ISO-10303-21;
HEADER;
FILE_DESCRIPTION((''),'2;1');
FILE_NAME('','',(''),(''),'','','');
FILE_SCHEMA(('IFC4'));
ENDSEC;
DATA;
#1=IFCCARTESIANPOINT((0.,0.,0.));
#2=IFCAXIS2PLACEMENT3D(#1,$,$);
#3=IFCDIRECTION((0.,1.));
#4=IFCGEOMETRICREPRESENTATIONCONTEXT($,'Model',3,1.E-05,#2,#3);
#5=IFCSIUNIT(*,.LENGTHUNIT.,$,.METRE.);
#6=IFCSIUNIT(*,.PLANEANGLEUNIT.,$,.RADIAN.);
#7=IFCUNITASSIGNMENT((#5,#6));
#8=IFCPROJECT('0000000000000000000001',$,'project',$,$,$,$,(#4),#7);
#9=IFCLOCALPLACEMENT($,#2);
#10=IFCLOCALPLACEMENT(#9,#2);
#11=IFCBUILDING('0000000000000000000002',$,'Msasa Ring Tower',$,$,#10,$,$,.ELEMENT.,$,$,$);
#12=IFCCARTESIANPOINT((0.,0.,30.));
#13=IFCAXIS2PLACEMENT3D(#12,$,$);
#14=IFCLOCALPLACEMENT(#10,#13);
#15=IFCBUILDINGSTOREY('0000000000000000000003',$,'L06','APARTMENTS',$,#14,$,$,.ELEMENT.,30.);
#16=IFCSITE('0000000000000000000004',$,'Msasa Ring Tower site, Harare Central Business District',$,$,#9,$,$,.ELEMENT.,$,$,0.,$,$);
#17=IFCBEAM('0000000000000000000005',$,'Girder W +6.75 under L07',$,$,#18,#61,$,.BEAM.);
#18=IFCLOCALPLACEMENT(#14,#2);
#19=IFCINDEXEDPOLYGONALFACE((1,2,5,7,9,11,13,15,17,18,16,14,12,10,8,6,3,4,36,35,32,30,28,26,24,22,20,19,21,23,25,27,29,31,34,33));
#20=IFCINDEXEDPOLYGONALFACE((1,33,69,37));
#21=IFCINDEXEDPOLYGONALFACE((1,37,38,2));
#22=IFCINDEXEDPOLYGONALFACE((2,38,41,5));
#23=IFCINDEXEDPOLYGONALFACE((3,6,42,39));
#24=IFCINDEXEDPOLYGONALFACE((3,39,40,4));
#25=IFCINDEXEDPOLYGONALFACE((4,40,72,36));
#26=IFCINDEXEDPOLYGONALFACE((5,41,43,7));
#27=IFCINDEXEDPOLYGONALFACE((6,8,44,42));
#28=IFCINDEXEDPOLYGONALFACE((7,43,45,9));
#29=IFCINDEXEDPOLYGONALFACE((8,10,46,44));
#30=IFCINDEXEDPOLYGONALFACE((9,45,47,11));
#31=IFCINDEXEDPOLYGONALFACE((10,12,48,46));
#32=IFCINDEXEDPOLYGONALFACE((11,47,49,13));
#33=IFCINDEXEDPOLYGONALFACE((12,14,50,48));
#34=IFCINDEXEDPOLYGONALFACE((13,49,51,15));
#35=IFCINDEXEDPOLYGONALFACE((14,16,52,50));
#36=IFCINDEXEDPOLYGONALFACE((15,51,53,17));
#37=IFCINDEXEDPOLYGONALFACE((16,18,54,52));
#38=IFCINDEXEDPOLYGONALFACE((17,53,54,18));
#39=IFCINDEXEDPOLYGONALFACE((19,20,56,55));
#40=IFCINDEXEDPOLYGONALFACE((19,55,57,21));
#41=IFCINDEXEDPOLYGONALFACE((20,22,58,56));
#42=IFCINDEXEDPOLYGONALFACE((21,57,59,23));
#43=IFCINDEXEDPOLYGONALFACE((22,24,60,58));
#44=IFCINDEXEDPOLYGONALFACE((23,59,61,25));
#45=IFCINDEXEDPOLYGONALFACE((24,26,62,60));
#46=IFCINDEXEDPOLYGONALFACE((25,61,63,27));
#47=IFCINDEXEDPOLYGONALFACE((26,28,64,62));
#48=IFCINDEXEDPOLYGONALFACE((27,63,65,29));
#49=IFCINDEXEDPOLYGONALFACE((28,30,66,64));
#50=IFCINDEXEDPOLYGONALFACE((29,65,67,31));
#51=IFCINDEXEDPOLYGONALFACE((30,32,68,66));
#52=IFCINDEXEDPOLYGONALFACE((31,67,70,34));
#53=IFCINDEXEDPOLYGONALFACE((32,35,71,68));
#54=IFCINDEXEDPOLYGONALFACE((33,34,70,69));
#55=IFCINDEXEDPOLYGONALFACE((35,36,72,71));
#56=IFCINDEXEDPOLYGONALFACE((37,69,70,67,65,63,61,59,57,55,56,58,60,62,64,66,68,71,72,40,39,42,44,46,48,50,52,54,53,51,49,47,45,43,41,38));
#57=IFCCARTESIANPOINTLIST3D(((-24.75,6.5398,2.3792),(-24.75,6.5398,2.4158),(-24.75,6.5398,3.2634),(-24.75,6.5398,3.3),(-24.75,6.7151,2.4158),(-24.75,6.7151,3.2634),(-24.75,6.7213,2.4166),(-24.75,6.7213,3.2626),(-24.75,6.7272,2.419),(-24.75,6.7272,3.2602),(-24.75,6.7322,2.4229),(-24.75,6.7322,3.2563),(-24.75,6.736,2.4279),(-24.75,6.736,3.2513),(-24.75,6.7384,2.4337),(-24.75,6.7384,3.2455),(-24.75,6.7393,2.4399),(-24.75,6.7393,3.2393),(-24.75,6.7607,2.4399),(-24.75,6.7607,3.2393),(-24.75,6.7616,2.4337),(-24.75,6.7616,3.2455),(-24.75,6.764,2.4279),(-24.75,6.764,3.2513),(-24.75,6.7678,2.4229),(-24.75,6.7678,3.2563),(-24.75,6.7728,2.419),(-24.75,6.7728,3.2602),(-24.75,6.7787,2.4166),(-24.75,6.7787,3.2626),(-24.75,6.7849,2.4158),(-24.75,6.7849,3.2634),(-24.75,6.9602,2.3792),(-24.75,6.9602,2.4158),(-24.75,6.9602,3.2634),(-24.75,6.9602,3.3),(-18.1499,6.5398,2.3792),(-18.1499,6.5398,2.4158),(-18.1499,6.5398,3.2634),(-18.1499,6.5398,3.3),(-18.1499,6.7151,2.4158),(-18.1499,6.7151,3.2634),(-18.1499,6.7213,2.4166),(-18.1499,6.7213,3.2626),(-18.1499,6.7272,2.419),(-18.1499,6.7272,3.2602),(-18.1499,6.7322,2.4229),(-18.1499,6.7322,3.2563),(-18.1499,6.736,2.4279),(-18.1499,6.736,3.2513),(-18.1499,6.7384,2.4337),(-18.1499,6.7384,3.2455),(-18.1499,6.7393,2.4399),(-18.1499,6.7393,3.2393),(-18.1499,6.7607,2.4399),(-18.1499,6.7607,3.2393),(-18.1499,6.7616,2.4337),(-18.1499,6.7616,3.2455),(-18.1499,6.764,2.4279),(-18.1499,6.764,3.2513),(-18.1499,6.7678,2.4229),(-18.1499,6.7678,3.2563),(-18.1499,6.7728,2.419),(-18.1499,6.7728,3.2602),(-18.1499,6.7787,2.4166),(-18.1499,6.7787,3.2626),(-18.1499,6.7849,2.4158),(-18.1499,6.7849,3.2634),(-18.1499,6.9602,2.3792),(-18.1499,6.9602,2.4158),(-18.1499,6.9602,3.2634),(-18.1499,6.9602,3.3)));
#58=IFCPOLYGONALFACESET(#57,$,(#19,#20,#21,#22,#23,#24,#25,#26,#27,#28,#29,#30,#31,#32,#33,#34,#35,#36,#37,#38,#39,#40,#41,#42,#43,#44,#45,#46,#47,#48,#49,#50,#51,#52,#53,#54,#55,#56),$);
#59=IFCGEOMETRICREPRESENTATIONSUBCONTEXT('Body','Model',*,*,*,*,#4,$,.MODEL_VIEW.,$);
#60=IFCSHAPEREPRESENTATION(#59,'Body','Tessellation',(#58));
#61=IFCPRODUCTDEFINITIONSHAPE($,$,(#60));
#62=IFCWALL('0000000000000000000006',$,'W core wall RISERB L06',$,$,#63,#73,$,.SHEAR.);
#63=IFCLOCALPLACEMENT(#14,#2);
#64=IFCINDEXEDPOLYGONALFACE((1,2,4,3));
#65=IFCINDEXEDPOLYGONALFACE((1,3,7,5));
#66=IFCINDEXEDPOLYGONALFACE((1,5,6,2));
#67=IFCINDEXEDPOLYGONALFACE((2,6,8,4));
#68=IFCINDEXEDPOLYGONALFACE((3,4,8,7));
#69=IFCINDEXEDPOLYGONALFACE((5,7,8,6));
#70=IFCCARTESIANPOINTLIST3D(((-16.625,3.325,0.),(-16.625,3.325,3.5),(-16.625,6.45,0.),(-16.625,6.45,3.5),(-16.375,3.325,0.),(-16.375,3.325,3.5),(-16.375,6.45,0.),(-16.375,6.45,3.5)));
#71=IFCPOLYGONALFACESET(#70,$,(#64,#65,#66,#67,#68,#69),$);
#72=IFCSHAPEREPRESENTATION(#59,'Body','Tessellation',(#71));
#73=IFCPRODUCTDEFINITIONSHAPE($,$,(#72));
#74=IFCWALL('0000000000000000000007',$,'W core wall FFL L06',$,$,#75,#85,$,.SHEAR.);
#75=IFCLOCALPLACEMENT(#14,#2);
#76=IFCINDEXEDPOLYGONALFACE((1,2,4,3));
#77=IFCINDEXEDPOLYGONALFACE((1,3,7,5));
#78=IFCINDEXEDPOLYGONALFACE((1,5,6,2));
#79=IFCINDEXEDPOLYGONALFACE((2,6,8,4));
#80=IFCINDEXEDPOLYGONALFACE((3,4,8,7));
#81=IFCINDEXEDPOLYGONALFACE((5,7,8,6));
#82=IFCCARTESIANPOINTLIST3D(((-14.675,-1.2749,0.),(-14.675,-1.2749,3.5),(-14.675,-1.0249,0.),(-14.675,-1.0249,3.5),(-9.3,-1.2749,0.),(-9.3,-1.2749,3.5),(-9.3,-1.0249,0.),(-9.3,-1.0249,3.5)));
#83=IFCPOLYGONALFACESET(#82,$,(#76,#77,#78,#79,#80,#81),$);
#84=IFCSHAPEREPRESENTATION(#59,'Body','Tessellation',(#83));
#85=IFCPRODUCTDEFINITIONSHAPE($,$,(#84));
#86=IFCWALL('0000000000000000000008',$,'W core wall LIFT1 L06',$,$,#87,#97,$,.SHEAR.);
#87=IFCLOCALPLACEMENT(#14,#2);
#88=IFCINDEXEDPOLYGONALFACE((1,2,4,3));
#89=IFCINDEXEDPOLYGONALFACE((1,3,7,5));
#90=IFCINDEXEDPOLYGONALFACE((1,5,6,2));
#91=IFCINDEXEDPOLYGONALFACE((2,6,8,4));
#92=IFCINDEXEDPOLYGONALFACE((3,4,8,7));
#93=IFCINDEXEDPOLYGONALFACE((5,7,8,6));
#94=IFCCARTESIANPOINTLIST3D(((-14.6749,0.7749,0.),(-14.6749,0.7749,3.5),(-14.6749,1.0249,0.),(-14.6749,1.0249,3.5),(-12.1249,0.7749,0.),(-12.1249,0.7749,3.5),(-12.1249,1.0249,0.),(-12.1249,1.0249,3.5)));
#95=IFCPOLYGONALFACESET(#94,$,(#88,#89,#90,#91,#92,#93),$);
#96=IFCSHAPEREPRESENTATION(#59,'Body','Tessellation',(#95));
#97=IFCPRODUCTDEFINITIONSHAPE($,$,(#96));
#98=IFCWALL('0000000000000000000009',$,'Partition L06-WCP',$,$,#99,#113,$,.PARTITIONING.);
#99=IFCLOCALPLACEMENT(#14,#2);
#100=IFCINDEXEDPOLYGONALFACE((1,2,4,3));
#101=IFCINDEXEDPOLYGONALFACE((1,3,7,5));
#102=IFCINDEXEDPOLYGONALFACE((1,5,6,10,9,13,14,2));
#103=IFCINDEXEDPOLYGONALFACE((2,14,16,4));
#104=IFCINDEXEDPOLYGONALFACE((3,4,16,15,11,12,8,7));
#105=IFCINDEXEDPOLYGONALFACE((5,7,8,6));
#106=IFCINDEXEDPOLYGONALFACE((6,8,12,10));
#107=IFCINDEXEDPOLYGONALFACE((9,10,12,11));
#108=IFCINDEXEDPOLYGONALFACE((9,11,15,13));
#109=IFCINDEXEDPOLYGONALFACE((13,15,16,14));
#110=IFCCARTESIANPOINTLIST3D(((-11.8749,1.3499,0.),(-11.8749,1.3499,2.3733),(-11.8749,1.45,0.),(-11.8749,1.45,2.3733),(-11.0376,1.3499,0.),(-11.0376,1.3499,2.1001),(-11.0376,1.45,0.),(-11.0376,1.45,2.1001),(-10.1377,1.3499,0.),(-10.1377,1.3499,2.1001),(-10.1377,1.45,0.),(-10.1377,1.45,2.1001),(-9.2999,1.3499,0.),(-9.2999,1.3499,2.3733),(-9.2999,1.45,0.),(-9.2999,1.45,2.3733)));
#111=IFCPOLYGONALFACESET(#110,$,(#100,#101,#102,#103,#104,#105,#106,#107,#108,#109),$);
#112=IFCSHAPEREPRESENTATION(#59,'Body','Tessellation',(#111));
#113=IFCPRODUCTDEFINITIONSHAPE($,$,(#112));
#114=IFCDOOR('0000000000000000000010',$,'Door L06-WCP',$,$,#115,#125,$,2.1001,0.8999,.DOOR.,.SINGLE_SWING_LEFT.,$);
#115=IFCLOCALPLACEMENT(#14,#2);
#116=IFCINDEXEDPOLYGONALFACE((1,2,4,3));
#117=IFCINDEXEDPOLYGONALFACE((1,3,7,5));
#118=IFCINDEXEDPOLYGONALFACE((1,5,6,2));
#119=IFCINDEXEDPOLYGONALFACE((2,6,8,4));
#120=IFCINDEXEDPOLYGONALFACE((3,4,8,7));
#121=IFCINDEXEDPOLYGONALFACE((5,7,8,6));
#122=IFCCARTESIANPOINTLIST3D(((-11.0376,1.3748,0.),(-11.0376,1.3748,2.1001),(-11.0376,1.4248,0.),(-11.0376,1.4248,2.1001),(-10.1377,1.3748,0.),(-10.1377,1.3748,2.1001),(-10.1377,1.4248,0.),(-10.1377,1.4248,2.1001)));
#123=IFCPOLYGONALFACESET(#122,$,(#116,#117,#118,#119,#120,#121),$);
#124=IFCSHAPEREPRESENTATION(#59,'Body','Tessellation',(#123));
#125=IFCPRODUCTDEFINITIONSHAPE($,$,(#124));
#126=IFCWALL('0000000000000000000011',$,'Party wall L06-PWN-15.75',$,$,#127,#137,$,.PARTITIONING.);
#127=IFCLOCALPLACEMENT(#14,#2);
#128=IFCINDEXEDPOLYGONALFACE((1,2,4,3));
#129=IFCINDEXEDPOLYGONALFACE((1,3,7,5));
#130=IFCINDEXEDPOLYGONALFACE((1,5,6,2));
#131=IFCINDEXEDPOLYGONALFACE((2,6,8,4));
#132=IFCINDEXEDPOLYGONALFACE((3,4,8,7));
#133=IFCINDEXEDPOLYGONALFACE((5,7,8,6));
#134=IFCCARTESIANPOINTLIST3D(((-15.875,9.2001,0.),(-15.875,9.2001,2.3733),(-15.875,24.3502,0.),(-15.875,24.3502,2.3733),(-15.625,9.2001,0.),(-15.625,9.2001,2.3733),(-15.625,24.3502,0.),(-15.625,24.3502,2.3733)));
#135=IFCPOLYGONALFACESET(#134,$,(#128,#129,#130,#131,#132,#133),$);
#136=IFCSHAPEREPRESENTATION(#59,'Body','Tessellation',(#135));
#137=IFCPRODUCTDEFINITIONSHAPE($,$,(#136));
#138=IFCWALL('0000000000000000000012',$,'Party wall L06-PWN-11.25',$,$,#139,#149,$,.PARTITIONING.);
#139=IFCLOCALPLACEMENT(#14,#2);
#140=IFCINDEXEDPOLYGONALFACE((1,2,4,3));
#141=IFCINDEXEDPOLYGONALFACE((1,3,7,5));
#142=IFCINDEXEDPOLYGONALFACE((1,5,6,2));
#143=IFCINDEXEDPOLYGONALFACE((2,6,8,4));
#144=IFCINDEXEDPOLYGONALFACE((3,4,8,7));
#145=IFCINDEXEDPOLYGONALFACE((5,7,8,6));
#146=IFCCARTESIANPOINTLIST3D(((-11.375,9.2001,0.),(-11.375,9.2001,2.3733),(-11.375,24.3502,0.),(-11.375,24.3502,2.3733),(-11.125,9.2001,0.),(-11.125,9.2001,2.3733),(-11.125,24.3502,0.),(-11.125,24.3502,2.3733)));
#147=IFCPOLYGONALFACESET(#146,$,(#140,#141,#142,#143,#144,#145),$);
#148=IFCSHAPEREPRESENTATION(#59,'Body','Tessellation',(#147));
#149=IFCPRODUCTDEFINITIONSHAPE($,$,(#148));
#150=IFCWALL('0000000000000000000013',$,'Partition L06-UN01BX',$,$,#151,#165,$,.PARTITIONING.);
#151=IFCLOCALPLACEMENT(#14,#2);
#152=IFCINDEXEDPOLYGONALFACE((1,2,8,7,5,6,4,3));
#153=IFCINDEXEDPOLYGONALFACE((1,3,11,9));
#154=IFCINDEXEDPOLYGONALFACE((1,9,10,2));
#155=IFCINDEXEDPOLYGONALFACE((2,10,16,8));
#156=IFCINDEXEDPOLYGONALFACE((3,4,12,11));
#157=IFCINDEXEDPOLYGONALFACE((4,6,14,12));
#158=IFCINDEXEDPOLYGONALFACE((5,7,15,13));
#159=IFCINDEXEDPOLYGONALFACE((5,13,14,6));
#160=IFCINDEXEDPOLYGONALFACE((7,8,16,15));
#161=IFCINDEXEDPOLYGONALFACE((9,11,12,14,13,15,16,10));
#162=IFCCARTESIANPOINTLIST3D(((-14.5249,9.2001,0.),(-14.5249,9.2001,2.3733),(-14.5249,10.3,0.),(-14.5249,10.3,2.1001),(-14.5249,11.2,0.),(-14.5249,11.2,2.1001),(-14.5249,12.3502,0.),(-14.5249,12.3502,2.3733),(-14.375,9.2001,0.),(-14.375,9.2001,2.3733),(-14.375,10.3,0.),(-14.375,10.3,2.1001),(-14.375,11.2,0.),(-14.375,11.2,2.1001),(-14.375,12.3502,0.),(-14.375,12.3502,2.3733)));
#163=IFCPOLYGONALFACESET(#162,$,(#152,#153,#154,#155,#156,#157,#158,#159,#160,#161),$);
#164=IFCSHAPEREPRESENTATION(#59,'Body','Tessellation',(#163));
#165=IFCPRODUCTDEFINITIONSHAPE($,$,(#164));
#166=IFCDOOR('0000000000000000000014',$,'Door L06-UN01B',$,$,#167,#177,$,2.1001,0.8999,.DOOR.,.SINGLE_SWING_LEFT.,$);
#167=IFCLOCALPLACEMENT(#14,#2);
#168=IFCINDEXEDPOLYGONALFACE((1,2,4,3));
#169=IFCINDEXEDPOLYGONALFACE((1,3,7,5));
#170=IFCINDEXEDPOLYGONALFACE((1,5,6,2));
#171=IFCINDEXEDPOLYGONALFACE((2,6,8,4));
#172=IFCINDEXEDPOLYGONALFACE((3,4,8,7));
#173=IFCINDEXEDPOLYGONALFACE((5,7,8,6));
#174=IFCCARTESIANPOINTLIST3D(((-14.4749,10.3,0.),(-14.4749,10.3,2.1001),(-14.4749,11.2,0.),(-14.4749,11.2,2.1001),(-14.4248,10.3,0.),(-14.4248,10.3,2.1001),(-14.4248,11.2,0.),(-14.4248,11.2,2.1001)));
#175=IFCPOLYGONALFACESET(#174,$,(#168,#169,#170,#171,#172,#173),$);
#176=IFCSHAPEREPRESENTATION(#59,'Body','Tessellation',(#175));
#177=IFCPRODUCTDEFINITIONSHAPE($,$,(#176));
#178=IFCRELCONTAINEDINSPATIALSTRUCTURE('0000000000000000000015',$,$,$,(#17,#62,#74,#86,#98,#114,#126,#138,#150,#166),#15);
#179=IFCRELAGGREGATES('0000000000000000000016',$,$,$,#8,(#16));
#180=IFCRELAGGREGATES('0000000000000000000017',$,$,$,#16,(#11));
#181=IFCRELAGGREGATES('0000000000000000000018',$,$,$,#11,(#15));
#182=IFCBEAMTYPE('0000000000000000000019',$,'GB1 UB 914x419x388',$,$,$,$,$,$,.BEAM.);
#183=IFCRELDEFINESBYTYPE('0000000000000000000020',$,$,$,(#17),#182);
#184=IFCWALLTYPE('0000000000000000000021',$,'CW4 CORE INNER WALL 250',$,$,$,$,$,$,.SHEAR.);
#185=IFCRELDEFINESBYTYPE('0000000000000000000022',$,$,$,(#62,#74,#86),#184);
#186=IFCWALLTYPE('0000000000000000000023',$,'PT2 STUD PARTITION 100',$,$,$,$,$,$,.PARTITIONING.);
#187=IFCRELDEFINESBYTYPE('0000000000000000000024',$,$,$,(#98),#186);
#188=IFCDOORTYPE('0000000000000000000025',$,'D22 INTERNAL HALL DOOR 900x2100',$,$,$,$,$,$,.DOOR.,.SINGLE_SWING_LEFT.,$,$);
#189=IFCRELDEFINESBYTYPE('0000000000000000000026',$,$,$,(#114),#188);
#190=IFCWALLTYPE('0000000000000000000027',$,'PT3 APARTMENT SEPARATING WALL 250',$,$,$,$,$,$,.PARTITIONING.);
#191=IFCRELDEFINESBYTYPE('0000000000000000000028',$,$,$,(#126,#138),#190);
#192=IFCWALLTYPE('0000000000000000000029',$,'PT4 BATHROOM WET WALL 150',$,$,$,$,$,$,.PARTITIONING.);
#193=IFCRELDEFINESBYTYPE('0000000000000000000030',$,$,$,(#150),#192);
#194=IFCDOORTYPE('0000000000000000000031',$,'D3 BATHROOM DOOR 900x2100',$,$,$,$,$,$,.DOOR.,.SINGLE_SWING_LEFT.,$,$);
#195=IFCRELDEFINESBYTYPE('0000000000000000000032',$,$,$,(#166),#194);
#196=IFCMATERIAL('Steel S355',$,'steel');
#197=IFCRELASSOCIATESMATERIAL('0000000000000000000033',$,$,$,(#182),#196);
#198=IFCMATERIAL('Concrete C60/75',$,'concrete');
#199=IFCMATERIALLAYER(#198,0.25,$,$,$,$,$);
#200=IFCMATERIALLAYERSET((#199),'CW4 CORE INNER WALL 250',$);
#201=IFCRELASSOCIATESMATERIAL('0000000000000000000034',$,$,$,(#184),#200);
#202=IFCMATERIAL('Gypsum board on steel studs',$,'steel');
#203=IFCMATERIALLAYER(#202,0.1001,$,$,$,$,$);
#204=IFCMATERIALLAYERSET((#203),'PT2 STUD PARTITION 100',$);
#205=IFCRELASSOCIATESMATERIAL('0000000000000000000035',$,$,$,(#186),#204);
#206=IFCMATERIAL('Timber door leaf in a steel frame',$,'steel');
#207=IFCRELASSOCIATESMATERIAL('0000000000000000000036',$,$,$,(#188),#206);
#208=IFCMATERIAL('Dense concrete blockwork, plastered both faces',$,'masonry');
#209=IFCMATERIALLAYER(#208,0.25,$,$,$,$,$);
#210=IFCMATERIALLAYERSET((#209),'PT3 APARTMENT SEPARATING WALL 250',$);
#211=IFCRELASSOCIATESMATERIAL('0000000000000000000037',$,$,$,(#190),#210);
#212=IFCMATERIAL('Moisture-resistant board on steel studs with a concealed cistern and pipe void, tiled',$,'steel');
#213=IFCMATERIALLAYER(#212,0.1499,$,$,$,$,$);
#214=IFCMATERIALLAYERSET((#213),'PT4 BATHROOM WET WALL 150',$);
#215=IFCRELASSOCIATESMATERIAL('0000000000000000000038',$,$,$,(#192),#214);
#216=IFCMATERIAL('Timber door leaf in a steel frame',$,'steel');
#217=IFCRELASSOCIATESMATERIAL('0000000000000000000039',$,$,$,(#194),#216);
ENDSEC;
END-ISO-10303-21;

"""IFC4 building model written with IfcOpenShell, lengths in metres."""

from ifc_helpers import new_model, si_unit, direction, frame, frame_2d, origin, origin_2d, place, context, subcontext, project, spatial, rectangle, i_section, extrude, material, layer, layer_set, material_profile, profile_set, type_object, element, fill, save


model = new_model("IFC4")

# Units and contexts
model_context = context("Model", 3, precision=1e-05, world=origin(), true_north=direction((0.0, 1.0)))
body_context = subcontext(model_context, "Body", "Model", "MODEL_VIEW")
ifc_project = project(units=[si_unit("LENGTHUNIT", "METRE"), si_unit("PLANEANGLEUNIT", "RADIAN")], contexts=[model_context])

# Site, building, storey
site_placement = place(None, origin())
site = spatial("IfcSite", under=ifc_project, at=site_placement, Name="Msasa Ring Tower site, Harare Central Business District", CompositionType="ELEMENT", RefElevation=0.0)
building_placement = place(site_placement, origin())
building = spatial("IfcBuilding", under=site, at=building_placement, Name="Msasa Ring Tower", CompositionType="ELEMENT")
storey_placement = place(building_placement, frame((0.0, 0.0, 30.0)))
storey = spatial("IfcBuildingStorey", under=building, at=storey_placement, Name="L06", Description="APARTMENTS", CompositionType="ELEMENT", Elevation=30.0)

# Beam
ifc_material_1 = material(Name="Steel S355", Category="steel")
ifc_material_profile = material_profile(ifc_material_1, i_section(OverallWidth=0.4204, OverallDepth=0.9209, WebThickness=0.0215, FlangeThickness=0.0366, FilletRadius=0.0242, at=origin_2d()), Name="UB 914x419x388")
ifc_profile_set = profile_set([ifc_material_profile], Name="Steel S355")
beam_type = type_object("IfcBeamType", Name="GB1 UB 914x419x388", PredefinedType="BEAM", material=ifc_profile_set)
beam_placement = place(storey_placement, frame((-18.1499, 6.75, 2.8396), z_axis=(-1.0, 0.0, 0.0), x_axis=(0.0, -1.0, 0.0)))
element("IfcBeam", 1, at=beam_placement, inside=storey, type_object=beam_type, Name="Girder W +6.75 under L07", PredefinedType="BEAM", context=body_context, shape_type="SweptSolid", body=[
    extrude(i_section(OverallWidth=0.4204, OverallDepth=0.9209, WebThickness=0.0215, FlangeThickness=0.0366, FilletRadius=0.0242, at=origin_2d()), origin(), (0.0, 0.0, 1.0), 6.6001),
])

# Walls
ifc_material_2 = material(Name="Concrete C60/75", Category="concrete")
ifc_layer_1 = layer(ifc_material_2, 0.25)
ifc_layer_set_1 = layer_set([ifc_layer_1], Name="CW4 CORE INNER WALL 250")
wall_type_1 = type_object("IfcWallType", Name="CW4 CORE INNER WALL 250", PredefinedType="SHEAR", material=ifc_layer_set_1)
wall_1_placement = place(storey_placement, frame((-16.5, 3.325, 0.0), z_axis=(0.0, 0.0, 1.0), x_axis=(0.0, 1.0, 0.0)))
element("IfcWall", 2, at=wall_1_placement, inside=storey, type_object=wall_type_1, Name="W core wall RISERB L06", PredefinedType="SHEAR", context=body_context, shape_type="SweptSolid", body=[
    extrude(rectangle(XDim=3.125, YDim=0.25, at=frame_2d((1.5625, 0.0))), origin(), (0.0, 0.0, 1.0), 3.5),
])
wall_2_placement = place(storey_placement, frame((-9.3, -1.1499, 0.0), z_axis=(0.0, 0.0, 1.0), x_axis=(-1.0, 0.0, 0.0)))
element("IfcWall", 3, at=wall_2_placement, inside=storey, type_object=wall_type_1, Name="W core wall FFL L06", PredefinedType="SHEAR", context=body_context, shape_type="SweptSolid", body=[
    extrude(rectangle(XDim=5.375, YDim=0.25, at=frame_2d((2.6875, 0.0))), origin(), (0.0, 0.0, 1.0), 3.5),
])
wall_3_placement = place(storey_placement, frame((-12.125, 0.8999, 0.0), z_axis=(0.0, 0.0, 1.0), x_axis=(-1.0, 0.0, 0.0)))
element("IfcWall", 4, at=wall_3_placement, inside=storey, type_object=wall_type_1, Name="W core wall LIFT1 L06", PredefinedType="SHEAR", context=body_context, shape_type="SweptSolid", body=[
    extrude(rectangle(XDim=2.55, YDim=0.25, at=frame_2d((1.2749, 0.0))), origin(), (0.0, 0.0, 1.0), 3.5),
])

# Wall, opening, door
ifc_material_3 = material(Name="Gypsum board on steel studs", Category="steel")
ifc_layer_2 = layer(ifc_material_3, 0.1001)
ifc_layer_set_2 = layer_set([ifc_layer_2], Name="PT2 STUD PARTITION 100")
wall_type_2 = type_object("IfcWallType", Name="PT2 STUD PARTITION 100", PredefinedType="PARTITIONING", material=ifc_layer_set_2)
wall_4_placement = place(storey_placement, frame((-11.875, 1.3999, 0.0), z_axis=(0.0, 0.0, 1.0), x_axis=(1.0, 0.0, 0.0)))
wall_4 = element("IfcWall", 5, at=wall_4_placement, inside=storey, type_object=wall_type_2, Name="Partition L06-WCP", PredefinedType="PARTITIONING", context=body_context, shape_type="SweptSolid", body=[
    extrude(rectangle(XDim=2.575, YDim=0.1001, at=frame_2d((1.2876, 0.0))), origin(), (0.0, 0.0, 1.0), 2.3733),
])
opening_1_placement = place(wall_4_placement, frame((0.8374, 0.0, 0.0)))
opening_1 = element("IfcOpeningElement", 6, at=opening_1_placement, cuts=wall_4, PredefinedType="OPENING", context=body_context, shape_type="SweptSolid", body=[
    extrude(rectangle(XDim=0.8999, YDim=2.1001, at=frame_2d((0.45, 1.05))), frame((0.0, 0.0601, 0.0), z_axis=(0.0, -1.0, 0.0), x_axis=(1.0, 0.0, 0.0)), (0.0, 0.0, 1.0), 0.1201),
])
ifc_material_4 = material(Name="Timber door leaf in a steel frame", Category="steel")
door_type_1 = type_object("IfcDoorType", Name="D22 INTERNAL HALL DOOR 900x2100", OperationType="SINGLE_SWING_LEFT", PredefinedType="DOOR", material=ifc_material_4)
door_1_placement = place(opening_1_placement, origin())
door_1 = element("IfcDoor", 7, at=door_1_placement, inside=storey, type_object=door_type_1, Name="Door L06-WCP", OperationType="SINGLE_SWING_LEFT", OverallHeight=2.1001, OverallWidth=0.8999, PredefinedType="DOOR", context=body_context, shape_type="SweptSolid", body=[
    extrude(rectangle(XDim=0.8999, YDim=2.1001, at=frame_2d((0.45, 1.05))), frame((0.0, 0.0249, 0.0), z_axis=(0.0, -1.0, 0.0), x_axis=(1.0, 0.0, 0.0)), (0.0, 0.0, 1.0), 0.05),
])
fill(opening_1, door_1)

# Walls
ifc_material_5 = material(Name="Dense concrete blockwork, plastered both faces", Category="masonry")
ifc_layer_3 = layer(ifc_material_5, 0.25)
ifc_layer_set_3 = layer_set([ifc_layer_3], Name="PT3 APARTMENT SEPARATING WALL 250")
wall_type_3 = type_object("IfcWallType", Name="PT3 APARTMENT SEPARATING WALL 250", PredefinedType="PARTITIONING", material=ifc_layer_set_3)
for number, where, z_axis, x_axis, name in (
    (8, (-15.75, 9.2, 0.0), (0.0, 0.0, 1.0), (0.0, 1.0, 0.0), "Party wall L06-PWN-15.75"),
    (9, (-11.25, 9.2, 0.0), (0.0, 0.0, 1.0), (0.0, 1.0, 0.0), "Party wall L06-PWN-11.25"),
):
    element("IfcWall", number, at=place(storey_placement, frame(where, z_axis=z_axis, x_axis=x_axis)), inside=storey, type_object=wall_type_3, Name=name, PredefinedType="PARTITIONING", context=body_context, shape_type="SweptSolid", body=[
        extrude(rectangle(XDim=15.1501, YDim=0.25, at=frame_2d((7.5752, 0.0))), origin(), (0.0, 0.0, 1.0), 2.3733),
    ])

# Wall, opening, door
ifc_material_6 = material(Name="Moisture-resistant board on steel studs with a concealed cistern and pipe void, tiled", Category="steel")
ifc_layer_4 = layer(ifc_material_6, 0.1499)
ifc_layer_set_4 = layer_set([ifc_layer_4], Name="PT4 BATHROOM WET WALL 150")
wall_type_4 = type_object("IfcWallType", Name="PT4 BATHROOM WET WALL 150", PredefinedType="PARTITIONING", material=ifc_layer_set_4)
wall_5_placement = place(storey_placement, frame((-14.45, 9.2, 0.0), z_axis=(0.0, 0.0, 1.0), x_axis=(0.0, 1.0, 0.0)))
wall_5 = element("IfcWall", 10, at=wall_5_placement, inside=storey, type_object=wall_type_4, Name="Partition L06-UN01BX", PredefinedType="PARTITIONING", context=body_context, shape_type="SweptSolid", body=[
    extrude(rectangle(XDim=3.1501, YDim=0.1499, at=frame_2d((1.5752, 0.0))), origin(), (0.0, 0.0, 1.0), 2.3733),
])
opening_2_placement = place(wall_5_placement, frame((1.1001, 0.0, 0.0)))
opening_2 = element("IfcOpeningElement", 11, at=opening_2_placement, cuts=wall_5, PredefinedType="OPENING", context=body_context, shape_type="SweptSolid", body=[
    extrude(rectangle(XDim=0.8999, YDim=2.1001, at=frame_2d((0.45, 1.05))), frame((0.0, 0.085, 0.0), z_axis=(0.0, -1.0, 0.0), x_axis=(1.0, 0.0, 0.0)), (0.0, 0.0, 1.0), 0.1699),
])
ifc_material_7 = material(Name="Timber door leaf in a steel frame", Category="steel")
door_type_2 = type_object("IfcDoorType", Name="D3 BATHROOM DOOR 900x2100", OperationType="SINGLE_SWING_LEFT", PredefinedType="DOOR", material=ifc_material_7)
door_2_placement = place(opening_2_placement, origin())
door_2 = element("IfcDoor", 12, at=door_2_placement, inside=storey, type_object=door_type_2, Name="Door L06-UN01B", OperationType="SINGLE_SWING_LEFT", OverallHeight=2.1001, OverallWidth=0.8999, PredefinedType="DOOR", context=body_context, shape_type="SweptSolid", body=[
    extrude(rectangle(XDim=0.8999, YDim=2.1001, at=frame_2d((0.45, 1.05))), frame((0.0, 0.0249, 0.0), z_axis=(0.0, -1.0, 0.0), x_axis=(1.0, 0.0, 0.0)), (0.0, 0.0, 1.0), 0.05),
])
fill(opening_2, door_2)

save(model, "model.ifc")
